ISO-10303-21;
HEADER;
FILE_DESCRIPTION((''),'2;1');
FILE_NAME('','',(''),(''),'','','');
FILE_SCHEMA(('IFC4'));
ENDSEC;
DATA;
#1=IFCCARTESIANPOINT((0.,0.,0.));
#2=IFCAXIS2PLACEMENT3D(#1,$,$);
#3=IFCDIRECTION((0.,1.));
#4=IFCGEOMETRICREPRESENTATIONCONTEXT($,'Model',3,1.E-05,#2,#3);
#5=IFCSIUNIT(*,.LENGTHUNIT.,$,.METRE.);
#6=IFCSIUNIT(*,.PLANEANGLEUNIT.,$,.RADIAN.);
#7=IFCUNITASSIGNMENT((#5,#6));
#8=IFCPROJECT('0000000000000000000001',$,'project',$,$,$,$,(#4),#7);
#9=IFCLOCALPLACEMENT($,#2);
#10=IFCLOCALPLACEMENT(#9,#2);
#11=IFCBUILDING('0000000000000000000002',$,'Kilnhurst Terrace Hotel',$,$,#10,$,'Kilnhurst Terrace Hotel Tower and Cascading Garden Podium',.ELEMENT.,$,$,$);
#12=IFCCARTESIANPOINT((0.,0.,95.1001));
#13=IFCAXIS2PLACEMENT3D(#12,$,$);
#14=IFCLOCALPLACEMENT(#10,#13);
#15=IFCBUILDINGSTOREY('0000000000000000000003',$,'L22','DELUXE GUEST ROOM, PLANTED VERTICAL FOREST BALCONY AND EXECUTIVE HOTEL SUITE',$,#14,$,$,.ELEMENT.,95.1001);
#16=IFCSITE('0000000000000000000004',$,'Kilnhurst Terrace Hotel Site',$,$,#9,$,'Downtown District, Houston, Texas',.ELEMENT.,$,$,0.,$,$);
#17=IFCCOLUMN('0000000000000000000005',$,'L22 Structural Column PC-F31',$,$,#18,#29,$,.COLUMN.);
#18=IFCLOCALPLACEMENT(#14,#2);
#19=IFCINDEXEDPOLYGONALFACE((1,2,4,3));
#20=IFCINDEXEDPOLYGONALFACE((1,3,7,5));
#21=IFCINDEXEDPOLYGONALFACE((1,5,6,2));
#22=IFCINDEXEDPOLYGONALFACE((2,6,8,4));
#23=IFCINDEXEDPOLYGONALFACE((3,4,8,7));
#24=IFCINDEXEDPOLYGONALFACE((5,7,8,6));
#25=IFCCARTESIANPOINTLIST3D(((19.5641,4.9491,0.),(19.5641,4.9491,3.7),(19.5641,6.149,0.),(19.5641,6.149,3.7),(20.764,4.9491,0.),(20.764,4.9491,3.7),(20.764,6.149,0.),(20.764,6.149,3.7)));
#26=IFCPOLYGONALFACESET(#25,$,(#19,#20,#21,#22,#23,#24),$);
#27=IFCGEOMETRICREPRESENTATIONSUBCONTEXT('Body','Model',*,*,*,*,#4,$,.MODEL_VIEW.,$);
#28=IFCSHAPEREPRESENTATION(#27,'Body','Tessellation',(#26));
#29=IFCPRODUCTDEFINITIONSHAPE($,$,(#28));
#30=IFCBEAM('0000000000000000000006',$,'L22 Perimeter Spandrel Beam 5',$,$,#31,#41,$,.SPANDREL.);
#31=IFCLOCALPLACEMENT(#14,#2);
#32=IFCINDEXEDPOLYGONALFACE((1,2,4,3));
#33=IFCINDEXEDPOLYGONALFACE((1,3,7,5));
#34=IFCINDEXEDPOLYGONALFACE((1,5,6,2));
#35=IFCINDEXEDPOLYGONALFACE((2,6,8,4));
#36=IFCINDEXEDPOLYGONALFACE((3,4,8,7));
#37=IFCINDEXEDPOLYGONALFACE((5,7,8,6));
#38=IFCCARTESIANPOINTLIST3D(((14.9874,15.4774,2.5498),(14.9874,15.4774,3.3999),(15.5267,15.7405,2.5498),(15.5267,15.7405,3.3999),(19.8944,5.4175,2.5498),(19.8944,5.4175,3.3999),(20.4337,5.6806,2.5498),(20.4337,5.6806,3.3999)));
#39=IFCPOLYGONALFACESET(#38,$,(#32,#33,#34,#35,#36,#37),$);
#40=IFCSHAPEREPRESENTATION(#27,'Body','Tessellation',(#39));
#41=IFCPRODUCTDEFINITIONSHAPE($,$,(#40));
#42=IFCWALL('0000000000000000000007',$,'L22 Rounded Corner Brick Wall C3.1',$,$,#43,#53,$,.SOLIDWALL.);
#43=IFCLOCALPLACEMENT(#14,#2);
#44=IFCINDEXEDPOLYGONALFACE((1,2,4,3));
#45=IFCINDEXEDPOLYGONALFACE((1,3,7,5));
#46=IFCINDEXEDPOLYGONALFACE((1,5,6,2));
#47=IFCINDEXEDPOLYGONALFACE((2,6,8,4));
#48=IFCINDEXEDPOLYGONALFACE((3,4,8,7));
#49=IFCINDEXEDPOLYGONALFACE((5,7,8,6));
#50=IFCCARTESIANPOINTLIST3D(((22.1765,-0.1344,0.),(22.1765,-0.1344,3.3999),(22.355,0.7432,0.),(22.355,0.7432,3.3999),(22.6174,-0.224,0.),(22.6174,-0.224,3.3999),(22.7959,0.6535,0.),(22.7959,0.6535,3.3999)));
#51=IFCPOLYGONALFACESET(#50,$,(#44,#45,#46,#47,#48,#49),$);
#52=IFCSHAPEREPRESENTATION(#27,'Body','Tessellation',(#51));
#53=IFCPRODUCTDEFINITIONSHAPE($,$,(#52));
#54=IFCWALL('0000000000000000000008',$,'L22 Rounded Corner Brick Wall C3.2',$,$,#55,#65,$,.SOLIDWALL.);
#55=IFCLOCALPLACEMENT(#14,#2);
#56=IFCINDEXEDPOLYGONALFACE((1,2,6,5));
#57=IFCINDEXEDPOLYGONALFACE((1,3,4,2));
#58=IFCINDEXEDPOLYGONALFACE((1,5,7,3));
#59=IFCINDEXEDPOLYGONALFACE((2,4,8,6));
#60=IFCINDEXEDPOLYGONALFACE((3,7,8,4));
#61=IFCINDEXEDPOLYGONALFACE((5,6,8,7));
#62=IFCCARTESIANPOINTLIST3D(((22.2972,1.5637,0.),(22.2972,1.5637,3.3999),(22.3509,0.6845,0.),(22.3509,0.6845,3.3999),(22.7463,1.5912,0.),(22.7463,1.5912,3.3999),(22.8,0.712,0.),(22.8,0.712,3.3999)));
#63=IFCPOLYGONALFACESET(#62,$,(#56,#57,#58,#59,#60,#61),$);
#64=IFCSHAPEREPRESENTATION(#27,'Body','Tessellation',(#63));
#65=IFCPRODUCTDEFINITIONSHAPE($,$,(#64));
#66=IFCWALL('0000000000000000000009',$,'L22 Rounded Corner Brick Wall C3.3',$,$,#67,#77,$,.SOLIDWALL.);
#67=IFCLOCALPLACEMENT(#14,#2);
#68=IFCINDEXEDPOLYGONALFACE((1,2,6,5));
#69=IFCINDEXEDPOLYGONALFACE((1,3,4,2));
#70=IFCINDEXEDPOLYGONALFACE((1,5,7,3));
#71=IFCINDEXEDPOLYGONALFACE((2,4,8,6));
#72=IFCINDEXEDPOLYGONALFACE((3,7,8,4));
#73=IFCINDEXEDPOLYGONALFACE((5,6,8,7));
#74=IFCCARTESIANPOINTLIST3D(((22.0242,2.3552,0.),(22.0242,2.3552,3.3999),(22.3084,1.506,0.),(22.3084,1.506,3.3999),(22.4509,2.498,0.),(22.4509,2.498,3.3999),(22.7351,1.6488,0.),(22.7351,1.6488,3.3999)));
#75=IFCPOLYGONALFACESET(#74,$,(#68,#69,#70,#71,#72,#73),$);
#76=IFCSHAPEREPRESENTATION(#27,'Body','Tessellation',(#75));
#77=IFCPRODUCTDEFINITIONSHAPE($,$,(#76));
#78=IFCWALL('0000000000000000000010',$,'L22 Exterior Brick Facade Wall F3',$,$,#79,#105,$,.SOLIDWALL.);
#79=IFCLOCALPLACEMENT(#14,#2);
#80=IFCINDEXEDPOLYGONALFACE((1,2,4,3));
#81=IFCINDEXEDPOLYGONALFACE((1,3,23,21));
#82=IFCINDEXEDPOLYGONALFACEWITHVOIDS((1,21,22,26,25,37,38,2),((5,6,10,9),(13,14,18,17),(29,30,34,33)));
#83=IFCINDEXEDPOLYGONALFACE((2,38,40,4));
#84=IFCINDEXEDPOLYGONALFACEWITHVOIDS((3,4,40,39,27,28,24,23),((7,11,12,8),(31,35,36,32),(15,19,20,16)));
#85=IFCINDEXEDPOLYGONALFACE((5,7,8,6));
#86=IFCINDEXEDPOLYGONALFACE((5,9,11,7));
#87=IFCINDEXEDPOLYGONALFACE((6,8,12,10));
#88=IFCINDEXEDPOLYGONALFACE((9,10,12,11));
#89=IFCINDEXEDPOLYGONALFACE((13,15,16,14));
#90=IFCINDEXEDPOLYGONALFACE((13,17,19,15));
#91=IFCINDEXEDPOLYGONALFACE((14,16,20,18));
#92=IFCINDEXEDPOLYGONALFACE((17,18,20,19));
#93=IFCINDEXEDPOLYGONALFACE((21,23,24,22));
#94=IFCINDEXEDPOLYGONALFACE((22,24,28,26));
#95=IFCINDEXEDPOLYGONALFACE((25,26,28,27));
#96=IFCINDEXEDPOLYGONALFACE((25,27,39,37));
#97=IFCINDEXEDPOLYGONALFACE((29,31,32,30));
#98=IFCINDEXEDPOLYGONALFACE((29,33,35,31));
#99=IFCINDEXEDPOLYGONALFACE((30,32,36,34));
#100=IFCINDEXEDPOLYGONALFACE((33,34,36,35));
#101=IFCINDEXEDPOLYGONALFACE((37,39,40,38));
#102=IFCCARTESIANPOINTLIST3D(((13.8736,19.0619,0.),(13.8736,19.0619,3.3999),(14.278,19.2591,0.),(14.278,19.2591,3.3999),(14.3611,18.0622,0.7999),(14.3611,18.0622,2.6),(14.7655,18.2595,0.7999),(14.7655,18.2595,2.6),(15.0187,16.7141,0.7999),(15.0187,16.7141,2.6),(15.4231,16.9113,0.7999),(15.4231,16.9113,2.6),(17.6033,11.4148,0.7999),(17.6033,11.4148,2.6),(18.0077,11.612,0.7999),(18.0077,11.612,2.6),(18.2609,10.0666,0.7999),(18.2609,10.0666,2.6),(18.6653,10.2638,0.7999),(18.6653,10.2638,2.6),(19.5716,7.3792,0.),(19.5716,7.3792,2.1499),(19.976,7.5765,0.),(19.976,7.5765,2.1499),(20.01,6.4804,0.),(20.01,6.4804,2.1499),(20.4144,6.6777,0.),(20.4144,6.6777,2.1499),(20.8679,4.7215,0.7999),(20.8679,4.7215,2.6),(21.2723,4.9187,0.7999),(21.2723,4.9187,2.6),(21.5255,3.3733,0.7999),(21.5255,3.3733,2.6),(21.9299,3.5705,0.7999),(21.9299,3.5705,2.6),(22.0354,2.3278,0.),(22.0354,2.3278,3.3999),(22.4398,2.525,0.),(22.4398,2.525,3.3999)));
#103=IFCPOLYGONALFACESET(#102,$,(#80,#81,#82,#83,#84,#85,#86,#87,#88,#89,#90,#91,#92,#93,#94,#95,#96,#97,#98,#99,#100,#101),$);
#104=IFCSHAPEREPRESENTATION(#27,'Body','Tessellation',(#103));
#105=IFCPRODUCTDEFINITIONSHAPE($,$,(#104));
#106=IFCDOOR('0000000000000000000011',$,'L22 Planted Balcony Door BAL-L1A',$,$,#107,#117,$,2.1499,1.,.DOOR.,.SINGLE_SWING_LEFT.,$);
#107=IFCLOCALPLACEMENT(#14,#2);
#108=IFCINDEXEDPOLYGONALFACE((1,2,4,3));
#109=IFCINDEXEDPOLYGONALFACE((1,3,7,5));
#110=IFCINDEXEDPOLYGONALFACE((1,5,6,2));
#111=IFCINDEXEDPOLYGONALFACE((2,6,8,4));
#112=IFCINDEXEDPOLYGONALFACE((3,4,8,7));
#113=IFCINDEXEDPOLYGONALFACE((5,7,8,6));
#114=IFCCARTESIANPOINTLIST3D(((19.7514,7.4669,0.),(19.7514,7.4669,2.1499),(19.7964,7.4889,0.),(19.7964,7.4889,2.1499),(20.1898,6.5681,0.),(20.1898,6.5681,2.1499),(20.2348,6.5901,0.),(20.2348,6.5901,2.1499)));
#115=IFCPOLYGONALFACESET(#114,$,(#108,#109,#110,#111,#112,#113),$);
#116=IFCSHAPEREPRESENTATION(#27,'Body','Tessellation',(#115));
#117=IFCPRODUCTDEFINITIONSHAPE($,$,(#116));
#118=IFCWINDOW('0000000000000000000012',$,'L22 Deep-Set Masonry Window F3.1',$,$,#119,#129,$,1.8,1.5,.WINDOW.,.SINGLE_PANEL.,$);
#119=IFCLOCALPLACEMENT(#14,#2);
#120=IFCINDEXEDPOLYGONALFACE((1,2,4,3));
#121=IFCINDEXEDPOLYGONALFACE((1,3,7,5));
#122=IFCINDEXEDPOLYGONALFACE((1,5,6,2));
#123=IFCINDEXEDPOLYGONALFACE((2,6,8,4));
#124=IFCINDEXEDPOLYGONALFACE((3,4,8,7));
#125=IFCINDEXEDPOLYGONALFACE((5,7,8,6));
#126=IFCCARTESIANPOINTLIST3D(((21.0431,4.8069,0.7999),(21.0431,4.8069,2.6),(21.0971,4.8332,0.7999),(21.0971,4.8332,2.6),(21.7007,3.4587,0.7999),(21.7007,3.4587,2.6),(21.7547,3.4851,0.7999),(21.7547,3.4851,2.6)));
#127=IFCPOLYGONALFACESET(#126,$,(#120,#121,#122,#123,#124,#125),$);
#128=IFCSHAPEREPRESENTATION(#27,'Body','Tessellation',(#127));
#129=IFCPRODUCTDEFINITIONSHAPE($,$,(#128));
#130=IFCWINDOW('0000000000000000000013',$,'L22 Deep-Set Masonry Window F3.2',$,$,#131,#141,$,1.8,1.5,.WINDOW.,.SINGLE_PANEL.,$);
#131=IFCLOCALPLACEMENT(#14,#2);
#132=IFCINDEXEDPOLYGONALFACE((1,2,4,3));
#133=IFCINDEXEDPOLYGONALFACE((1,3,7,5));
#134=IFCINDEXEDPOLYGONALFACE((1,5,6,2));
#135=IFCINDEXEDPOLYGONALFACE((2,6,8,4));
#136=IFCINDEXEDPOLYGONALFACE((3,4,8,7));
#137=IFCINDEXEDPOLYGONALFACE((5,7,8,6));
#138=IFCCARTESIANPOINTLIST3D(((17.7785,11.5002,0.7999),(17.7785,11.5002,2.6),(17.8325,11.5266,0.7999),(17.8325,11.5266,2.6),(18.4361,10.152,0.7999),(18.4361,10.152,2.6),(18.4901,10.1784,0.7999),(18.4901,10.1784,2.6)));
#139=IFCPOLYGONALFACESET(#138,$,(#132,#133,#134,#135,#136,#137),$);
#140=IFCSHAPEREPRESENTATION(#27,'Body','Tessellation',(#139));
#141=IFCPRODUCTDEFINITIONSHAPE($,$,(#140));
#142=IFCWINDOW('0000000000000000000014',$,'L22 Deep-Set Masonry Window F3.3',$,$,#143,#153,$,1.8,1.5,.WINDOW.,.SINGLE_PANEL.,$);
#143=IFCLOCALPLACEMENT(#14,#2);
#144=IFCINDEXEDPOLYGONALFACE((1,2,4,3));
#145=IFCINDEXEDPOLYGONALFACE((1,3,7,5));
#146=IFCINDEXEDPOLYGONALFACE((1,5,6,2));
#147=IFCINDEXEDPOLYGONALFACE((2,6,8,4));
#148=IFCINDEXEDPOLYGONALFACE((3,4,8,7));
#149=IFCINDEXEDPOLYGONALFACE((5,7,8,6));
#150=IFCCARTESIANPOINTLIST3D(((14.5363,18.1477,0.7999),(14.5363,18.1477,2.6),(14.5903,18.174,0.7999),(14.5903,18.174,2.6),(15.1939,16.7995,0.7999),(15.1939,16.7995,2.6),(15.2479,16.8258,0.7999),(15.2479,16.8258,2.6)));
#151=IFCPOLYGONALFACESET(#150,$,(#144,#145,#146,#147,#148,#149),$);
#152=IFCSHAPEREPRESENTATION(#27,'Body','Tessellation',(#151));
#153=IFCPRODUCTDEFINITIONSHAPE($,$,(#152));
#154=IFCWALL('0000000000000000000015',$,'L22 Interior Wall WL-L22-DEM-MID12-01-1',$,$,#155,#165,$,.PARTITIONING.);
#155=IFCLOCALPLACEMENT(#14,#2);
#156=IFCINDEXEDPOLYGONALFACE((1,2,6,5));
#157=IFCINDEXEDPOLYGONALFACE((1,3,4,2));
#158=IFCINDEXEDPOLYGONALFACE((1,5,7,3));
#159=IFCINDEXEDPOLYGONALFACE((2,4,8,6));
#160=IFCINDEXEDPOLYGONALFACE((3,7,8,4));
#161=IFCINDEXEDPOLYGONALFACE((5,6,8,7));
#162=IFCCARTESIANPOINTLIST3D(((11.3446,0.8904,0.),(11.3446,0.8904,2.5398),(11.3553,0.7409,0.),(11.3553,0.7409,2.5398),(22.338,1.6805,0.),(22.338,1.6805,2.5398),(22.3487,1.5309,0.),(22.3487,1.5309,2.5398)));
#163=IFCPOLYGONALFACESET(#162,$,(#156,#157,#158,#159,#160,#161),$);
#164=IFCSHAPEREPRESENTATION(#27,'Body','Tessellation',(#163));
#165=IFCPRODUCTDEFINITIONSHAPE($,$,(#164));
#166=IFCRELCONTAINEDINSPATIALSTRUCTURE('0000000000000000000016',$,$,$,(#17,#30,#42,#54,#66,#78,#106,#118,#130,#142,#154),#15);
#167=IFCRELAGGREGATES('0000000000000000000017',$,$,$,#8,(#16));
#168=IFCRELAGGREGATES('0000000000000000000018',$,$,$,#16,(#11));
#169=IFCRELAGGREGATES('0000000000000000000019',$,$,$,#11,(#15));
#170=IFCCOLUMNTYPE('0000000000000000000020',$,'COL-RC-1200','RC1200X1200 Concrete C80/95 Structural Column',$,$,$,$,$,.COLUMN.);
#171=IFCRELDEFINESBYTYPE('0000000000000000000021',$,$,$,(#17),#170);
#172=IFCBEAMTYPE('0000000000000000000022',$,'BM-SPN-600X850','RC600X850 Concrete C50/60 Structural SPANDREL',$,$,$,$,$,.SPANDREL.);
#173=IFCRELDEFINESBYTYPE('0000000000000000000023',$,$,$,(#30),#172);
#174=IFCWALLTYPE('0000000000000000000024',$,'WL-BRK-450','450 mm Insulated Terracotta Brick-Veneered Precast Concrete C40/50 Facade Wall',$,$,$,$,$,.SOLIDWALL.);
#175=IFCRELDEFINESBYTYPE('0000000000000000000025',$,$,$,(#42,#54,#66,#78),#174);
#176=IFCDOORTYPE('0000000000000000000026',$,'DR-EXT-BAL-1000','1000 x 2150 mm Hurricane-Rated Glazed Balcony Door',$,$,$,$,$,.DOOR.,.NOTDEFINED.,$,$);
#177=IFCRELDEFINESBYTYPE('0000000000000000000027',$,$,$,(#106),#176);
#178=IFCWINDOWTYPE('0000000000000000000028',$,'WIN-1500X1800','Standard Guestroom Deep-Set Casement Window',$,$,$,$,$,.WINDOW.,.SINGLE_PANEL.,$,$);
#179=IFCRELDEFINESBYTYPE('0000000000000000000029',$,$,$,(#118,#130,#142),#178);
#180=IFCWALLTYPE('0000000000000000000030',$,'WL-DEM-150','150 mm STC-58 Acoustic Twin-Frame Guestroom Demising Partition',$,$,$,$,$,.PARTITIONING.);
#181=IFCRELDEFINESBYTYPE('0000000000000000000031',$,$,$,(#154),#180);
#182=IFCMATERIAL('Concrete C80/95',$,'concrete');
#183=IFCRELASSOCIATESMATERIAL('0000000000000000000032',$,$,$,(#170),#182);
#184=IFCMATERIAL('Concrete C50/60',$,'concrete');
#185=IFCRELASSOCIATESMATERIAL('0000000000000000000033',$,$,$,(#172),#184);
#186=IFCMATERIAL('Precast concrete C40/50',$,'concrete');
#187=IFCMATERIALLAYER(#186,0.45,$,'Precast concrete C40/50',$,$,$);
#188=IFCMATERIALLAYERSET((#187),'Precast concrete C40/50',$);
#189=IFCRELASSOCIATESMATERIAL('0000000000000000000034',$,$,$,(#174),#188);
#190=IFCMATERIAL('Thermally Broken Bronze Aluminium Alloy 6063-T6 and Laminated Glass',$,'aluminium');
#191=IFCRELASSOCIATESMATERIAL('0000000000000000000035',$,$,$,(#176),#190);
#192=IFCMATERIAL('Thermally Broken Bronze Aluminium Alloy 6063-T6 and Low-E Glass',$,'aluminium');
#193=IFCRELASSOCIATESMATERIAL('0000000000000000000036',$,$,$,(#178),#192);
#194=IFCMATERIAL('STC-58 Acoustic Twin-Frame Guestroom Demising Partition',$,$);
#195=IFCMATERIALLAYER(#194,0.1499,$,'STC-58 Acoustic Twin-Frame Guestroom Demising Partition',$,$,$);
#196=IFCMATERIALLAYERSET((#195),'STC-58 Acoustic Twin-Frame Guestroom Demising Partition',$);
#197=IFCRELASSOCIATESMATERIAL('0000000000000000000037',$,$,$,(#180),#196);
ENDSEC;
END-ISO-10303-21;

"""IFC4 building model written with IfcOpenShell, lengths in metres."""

from ifc_helpers import new_model, si_unit, direction, frame, frame_2d, origin, origin_2d, place, context, subcontext, project, spatial, rectangle, extrude, material, layer, layer_set, material_profile, profile_set, type_object, element, fill, save


model = new_model("IFC4")

# Units and contexts
model_context = context("Model", 3, precision=1e-05, world=origin(), true_north=direction((0.0, 1.0)))
body_context = subcontext(model_context, "Body", "Model", "MODEL_VIEW")
ifc_project = project(units=[si_unit("LENGTHUNIT", "METRE"), si_unit("PLANEANGLEUNIT", "RADIAN")], contexts=[model_context])

# Site, building, storey
site_placement = place(None, origin())
site = spatial("IfcSite", under=ifc_project, at=site_placement, Name="Kilnhurst Terrace Hotel Site", LongName="Downtown District, Houston, Texas", CompositionType="ELEMENT", RefElevation=0.0)
building_placement = place(site_placement, origin())
building = spatial("IfcBuilding", under=site, at=building_placement, Name="Kilnhurst Terrace Hotel", LongName="Kilnhurst Terrace Hotel Tower and Cascading Garden Podium", CompositionType="ELEMENT")
storey_placement = place(building_placement, frame((0.0, 0.0, 95.1001)))
storey = spatial("IfcBuildingStorey", under=building, at=storey_placement, Name="L22", Description="DELUXE GUEST ROOM, PLANTED VERTICAL FOREST BALCONY AND EXECUTIVE HOTEL SUITE", CompositionType="ELEMENT", Elevation=95.1001)

# Column
ifc_material_1 = material(Name="Concrete C80/95", Category="concrete")
ifc_material_profile_1 = material_profile(ifc_material_1, rectangle(XDim=1.2, YDim=1.2, at=origin_2d()), Name="RC1200X1200")
ifc_profile_set_1 = profile_set([ifc_material_profile_1], Name="Concrete C80/95")
column_type = type_object("IfcColumnType", Name="COL-RC-1200", Description="RC1200X1200 Concrete C80/95 Structural Column", PredefinedType="COLUMN", material=ifc_profile_set_1)
column_placement = place(storey_placement, frame((20.1641, 5.5491, 0.0), z_axis=(0.0, 0.0, 1.0), x_axis=(1.0, 0.0, 0.0)))
element("IfcColumn", 1, at=column_placement, inside=storey, type_object=column_type, Name="L22 Structural Column PC-F31", PredefinedType="COLUMN", context=body_context, shape_type="SweptSolid", body=[
    extrude(rectangle(XDim=1.2, YDim=1.2, at=origin_2d()), origin(), (0.0, 0.0, 1.0), 3.7),
])

# Beam
ifc_material_2 = material(Name="Concrete C50/60", Category="concrete")
ifc_material_profile_2 = material_profile(ifc_material_2, rectangle(XDim=0.6001, YDim=0.8501, at=origin_2d()), Name="RC600X850")
ifc_profile_set_2 = profile_set([ifc_material_profile_2], Name="Concrete C50/60")
beam_type = type_object("IfcBeamType", Name="BM-SPN-600X850", Description="RC600X850 Concrete C50/60 Structural SPANDREL", PredefinedType="SPANDREL", material=ifc_profile_set_2)
beam_placement = place(storey_placement, frame((20.1641, 5.5491, 2.9749), z_axis=(-0.438406, 0.898777, 0.0), x_axis=(-0.898777, -0.438406, 0.0)))
element("IfcBeam", 2, at=beam_placement, inside=storey, type_object=beam_type, Name="L22 Perimeter Spandrel Beam 5", PredefinedType="SPANDREL", context=body_context, shape_type="SweptSolid", body=[
    extrude(rectangle(XDim=0.6001, YDim=0.8501, at=origin_2d()), origin(), (0.0, 0.0, 1.0), 11.1929),
])

# Walls
ifc_material_3 = material(Name="Precast concrete C40/50", Category="concrete")
ifc_layer_1 = layer(ifc_material_3, 0.45, Name="Precast concrete C40/50")
ifc_layer_set_1 = layer_set([ifc_layer_1], Name="Precast concrete C40/50")
wall_type_1 = type_object("IfcWallType", Name="WL-BRK-450", Description="450 mm Insulated Terracotta Brick-Veneered Precast Concrete C40/50 Facade Wall", PredefinedType="SOLIDWALL", material=ifc_layer_set_1)
wall_1_placement = place(storey_placement, frame((22.397, -0.1792, 0.0), z_axis=(0.0, 0.0, 1.0), x_axis=(0.199314, 0.979936, 0.0)))
element("IfcWall", 3, at=wall_1_placement, inside=storey, type_object=wall_type_1, Name="L22 Rounded Corner Brick Wall C3.1", PredefinedType="SOLIDWALL", context=body_context, shape_type="SweptSolid", body=[
    extrude(rectangle(XDim=0.8955, YDim=0.45, at=frame_2d((0.4478, 0.0))), origin(), (0.0, 0.0, 1.0), 3.3999),
])
wall_2_placement = place(storey_placement, frame((22.5754, 0.6982, 0.0), z_axis=(0.0, 0.0, 1.0), x_axis=(-0.06098, 0.998139, 0.0)))
element("IfcWall", 4, at=wall_2_placement, inside=storey, type_object=wall_type_1, Name="L22 Rounded Corner Brick Wall C3.2", PredefinedType="SOLIDWALL", context=body_context, shape_type="SweptSolid", body=[
    extrude(rectangle(XDim=0.8809, YDim=0.45, at=frame_2d((0.4404, 0.0))), origin(), (0.0, 0.0, 1.0), 3.3999),
])
wall_3_placement = place(storey_placement, frame((22.5217, 1.5774, 0.0), z_axis=(0.0, 0.0, 1.0), x_axis=(-0.317373, 0.948301, 0.0)))
element("IfcWall", 5, at=wall_3_placement, inside=storey, type_object=wall_type_1, Name="L22 Rounded Corner Brick Wall C3.3", PredefinedType="SOLIDWALL", context=body_context, shape_type="SweptSolid", body=[
    extrude(rectangle(XDim=0.8955, YDim=0.45, at=frame_2d((0.4478, 0.0))), origin(), (0.0, 0.0, 1.0), 3.3999),
])

# Wall, openings, door, windows
wall_4_placement = place(storey_placement, frame((22.2375, 2.4265, 0.0), z_axis=(0.0, 0.0, 1.0), x_axis=(-0.438375, 0.898792, 0.0)))
wall_4 = element("IfcWall", 6, at=wall_4_placement, inside=storey, type_object=wall_type_1, Name="L22 Exterior Brick Facade Wall F3", PredefinedType="SOLIDWALL", context=body_context, shape_type="SweptSolid", body=[
    extrude(rectangle(XDim=18.6184, YDim=0.45, at=frame_2d((9.3091, 0.0))), origin(), (0.0, 0.0, 1.0), 3.3999),
])
opening_1_placement = place(wall_4_placement, frame((4.6201, 0.0, 0.0)))
opening_1 = element("IfcOpeningElement", 7, at=opening_1_placement, cuts=wall_4, PredefinedType="OPENING", context=body_context, shape_type="SweptSolid", body=[
    extrude(rectangle(XDim=1.0, YDim=2.1499, at=frame_2d((0.5, 1.075))), frame((0.0, 0.2349, 0.0), z_axis=(0.0, -1.0, 0.0), x_axis=(1.0, 0.0, 0.0)), (0.0, 0.0, 1.0), 0.47),
])
opening_2_placement = place(wall_4_placement, frame((1.1631, 0.0, 0.8)))
opening_2 = element("IfcOpeningElement", 8, at=opening_2_placement, cuts=wall_4, PredefinedType="OPENING", context=body_context, shape_type="SweptSolid", body=[
    extrude(rectangle(XDim=1.5, YDim=1.8, at=frame_2d((0.75, 0.8999))), frame((0.0, 0.2349, 0.0), z_axis=(0.0, -1.0, 0.0), x_axis=(1.0, 0.0, 0.0)), (0.0, 0.0, 1.0), 0.47),
])
opening_3_placement = place(wall_4_placement, frame((8.6101, 0.0, 0.8)))
opening_3 = element("IfcOpeningElement", 9, at=opening_3_placement, cuts=wall_4, PredefinedType="OPENING", context=body_context, shape_type="SweptSolid", body=[
    extrude(rectangle(XDim=1.5, YDim=1.8, at=frame_2d((0.75, 0.8999))), frame((0.0, 0.2349, 0.0), z_axis=(0.0, -1.0, 0.0), x_axis=(1.0, 0.0, 0.0)), (0.0, 0.0, 1.0), 0.47),
])
opening_4_placement = place(wall_4_placement, frame((16.0061, 0.0, 0.8)))
opening_4 = element("IfcOpeningElement", 10, at=opening_4_placement, cuts=wall_4, PredefinedType="OPENING", context=body_context, shape_type="SweptSolid", body=[
    extrude(rectangle(XDim=1.5, YDim=1.8, at=frame_2d((0.75, 0.8999))), frame((0.0, 0.2349, 0.0), z_axis=(0.0, -1.0, 0.0), x_axis=(1.0, 0.0, 0.0)), (0.0, 0.0, 1.0), 0.47),
])
ifc_material_4 = material(Name="Thermally Broken Bronze Aluminium Alloy 6063-T6 and Laminated Glass", Category="aluminium")
door_type_1 = type_object("IfcDoorType", Name="DR-EXT-BAL-1000", Description="1000 x 2150 mm Hurricane-Rated Glazed Balcony Door", OperationType="NOTDEFINED", PredefinedType="DOOR", material=ifc_material_4)
door_1_placement = place(opening_1_placement, origin())
door_1 = element("IfcDoor", 11, at=door_1_placement, inside=storey, type_object=door_type_1, Name="L22 Planted Balcony Door BAL-L1A", OperationType="SINGLE_SWING_LEFT", OverallHeight=2.1499, OverallWidth=1.0, PredefinedType="DOOR", context=body_context, shape_type="SweptSolid", body=[
    extrude(rectangle(XDim=1.0, YDim=2.1499, at=frame_2d((0.5, 1.075))), frame((0.0, 0.0249, 0.0), z_axis=(0.0, -1.0, 0.0), x_axis=(1.0, 0.0, 0.0)), (0.0, 0.0, 1.0), 0.05),
])
fill(opening_1, door_1)
ifc_material_5 = material(Name="Thermally Broken Bronze Aluminium Alloy 6063-T6 and Low-E Glass", Category="aluminium")
window_type = type_object("IfcWindowType", Name="WIN-1500X1800", Description="Standard Guestroom Deep-Set Casement Window", PartitioningType="SINGLE_PANEL", PredefinedType="WINDOW", material=ifc_material_5)
window_1_placement = place(opening_2_placement, origin())
window_1 = element("IfcWindow", 12, at=window_1_placement, inside=storey, type_object=window_type, Name="L22 Deep-Set Masonry Window F3.1", OverallHeight=1.8, OverallWidth=1.5, PartitioningType="SINGLE_PANEL", PredefinedType="WINDOW", context=body_context, shape_type="SweptSolid", body=[
    extrude(rectangle(XDim=1.5, YDim=1.8, at=frame_2d((0.75, 0.8999))), frame((0.0, 0.03, 0.0), z_axis=(0.0, -1.0, 0.0), x_axis=(1.0, 0.0, 0.0)), (0.0, 0.0, 1.0), 0.0601),
])
fill(opening_2, window_1)
window_2_placement = place(opening_3_placement, origin())
window_2 = element("IfcWindow", 13, at=window_2_placement, inside=storey, type_object=window_type, Name="L22 Deep-Set Masonry Window F3.2", OverallHeight=1.8, OverallWidth=1.5, PartitioningType="SINGLE_PANEL", PredefinedType="WINDOW", context=body_context, shape_type="SweptSolid", body=[
    extrude(rectangle(XDim=1.5, YDim=1.8, at=frame_2d((0.75, 0.8999))), frame((0.0, 0.03, 0.0), z_axis=(0.0, -1.0, 0.0), x_axis=(1.0, 0.0, 0.0)), (0.0, 0.0, 1.0), 0.0601),
])
fill(opening_3, window_2)
window_3_placement = place(opening_4_placement, origin())
window_3 = element("IfcWindow", 14, at=window_3_placement, inside=storey, type_object=window_type, Name="L22 Deep-Set Masonry Window F3.3", OverallHeight=1.8, OverallWidth=1.5, PartitioningType="SINGLE_PANEL", PredefinedType="WINDOW", context=body_context, shape_type="SweptSolid", body=[
    extrude(rectangle(XDim=1.5, YDim=1.8, at=frame_2d((0.75, 0.8999))), frame((0.0, 0.03, 0.0), z_axis=(0.0, -1.0, 0.0), x_axis=(1.0, 0.0, 0.0)), (0.0, 0.0, 1.0), 0.0601),
])
fill(opening_4, window_3)

# Wall
ifc_material_6 = material(Name="STC-58 Acoustic Twin-Frame Guestroom Demising Partition")
ifc_layer_2 = layer(ifc_material_6, 0.1499, Name="STC-58 Acoustic Twin-Frame Guestroom Demising Partition")
ifc_layer_set_2 = layer_set([ifc_layer_2], Name="STC-58 Acoustic Twin-Frame Guestroom Demising Partition")
wall_type_2 = type_object("IfcWallType", Name="WL-DEM-150", Description="150 mm STC-58 Acoustic Twin-Frame Guestroom Demising Partition", PredefinedType="PARTITIONING", material=ifc_layer_set_2)
wall_5_placement = place(storey_placement, frame((11.3501, 0.8157, 0.0), z_axis=(0.0, 0.0, 1.0), x_axis=(0.997428, 0.07168, 0.0)))
element("IfcWall", 15, at=wall_5_placement, inside=storey, type_object=wall_type_2, Name="L22 Interior Wall WL-L22-DEM-MID12-01-1", PredefinedType="PARTITIONING", context=body_context, shape_type="SweptSolid", body=[
    extrude(rectangle(XDim=11.0217, YDim=0.1499, at=frame_2d((5.5107, 0.0))), origin(), (0.0, 0.0, 1.0), 2.5398),
])

save(model, "model.ifc")
